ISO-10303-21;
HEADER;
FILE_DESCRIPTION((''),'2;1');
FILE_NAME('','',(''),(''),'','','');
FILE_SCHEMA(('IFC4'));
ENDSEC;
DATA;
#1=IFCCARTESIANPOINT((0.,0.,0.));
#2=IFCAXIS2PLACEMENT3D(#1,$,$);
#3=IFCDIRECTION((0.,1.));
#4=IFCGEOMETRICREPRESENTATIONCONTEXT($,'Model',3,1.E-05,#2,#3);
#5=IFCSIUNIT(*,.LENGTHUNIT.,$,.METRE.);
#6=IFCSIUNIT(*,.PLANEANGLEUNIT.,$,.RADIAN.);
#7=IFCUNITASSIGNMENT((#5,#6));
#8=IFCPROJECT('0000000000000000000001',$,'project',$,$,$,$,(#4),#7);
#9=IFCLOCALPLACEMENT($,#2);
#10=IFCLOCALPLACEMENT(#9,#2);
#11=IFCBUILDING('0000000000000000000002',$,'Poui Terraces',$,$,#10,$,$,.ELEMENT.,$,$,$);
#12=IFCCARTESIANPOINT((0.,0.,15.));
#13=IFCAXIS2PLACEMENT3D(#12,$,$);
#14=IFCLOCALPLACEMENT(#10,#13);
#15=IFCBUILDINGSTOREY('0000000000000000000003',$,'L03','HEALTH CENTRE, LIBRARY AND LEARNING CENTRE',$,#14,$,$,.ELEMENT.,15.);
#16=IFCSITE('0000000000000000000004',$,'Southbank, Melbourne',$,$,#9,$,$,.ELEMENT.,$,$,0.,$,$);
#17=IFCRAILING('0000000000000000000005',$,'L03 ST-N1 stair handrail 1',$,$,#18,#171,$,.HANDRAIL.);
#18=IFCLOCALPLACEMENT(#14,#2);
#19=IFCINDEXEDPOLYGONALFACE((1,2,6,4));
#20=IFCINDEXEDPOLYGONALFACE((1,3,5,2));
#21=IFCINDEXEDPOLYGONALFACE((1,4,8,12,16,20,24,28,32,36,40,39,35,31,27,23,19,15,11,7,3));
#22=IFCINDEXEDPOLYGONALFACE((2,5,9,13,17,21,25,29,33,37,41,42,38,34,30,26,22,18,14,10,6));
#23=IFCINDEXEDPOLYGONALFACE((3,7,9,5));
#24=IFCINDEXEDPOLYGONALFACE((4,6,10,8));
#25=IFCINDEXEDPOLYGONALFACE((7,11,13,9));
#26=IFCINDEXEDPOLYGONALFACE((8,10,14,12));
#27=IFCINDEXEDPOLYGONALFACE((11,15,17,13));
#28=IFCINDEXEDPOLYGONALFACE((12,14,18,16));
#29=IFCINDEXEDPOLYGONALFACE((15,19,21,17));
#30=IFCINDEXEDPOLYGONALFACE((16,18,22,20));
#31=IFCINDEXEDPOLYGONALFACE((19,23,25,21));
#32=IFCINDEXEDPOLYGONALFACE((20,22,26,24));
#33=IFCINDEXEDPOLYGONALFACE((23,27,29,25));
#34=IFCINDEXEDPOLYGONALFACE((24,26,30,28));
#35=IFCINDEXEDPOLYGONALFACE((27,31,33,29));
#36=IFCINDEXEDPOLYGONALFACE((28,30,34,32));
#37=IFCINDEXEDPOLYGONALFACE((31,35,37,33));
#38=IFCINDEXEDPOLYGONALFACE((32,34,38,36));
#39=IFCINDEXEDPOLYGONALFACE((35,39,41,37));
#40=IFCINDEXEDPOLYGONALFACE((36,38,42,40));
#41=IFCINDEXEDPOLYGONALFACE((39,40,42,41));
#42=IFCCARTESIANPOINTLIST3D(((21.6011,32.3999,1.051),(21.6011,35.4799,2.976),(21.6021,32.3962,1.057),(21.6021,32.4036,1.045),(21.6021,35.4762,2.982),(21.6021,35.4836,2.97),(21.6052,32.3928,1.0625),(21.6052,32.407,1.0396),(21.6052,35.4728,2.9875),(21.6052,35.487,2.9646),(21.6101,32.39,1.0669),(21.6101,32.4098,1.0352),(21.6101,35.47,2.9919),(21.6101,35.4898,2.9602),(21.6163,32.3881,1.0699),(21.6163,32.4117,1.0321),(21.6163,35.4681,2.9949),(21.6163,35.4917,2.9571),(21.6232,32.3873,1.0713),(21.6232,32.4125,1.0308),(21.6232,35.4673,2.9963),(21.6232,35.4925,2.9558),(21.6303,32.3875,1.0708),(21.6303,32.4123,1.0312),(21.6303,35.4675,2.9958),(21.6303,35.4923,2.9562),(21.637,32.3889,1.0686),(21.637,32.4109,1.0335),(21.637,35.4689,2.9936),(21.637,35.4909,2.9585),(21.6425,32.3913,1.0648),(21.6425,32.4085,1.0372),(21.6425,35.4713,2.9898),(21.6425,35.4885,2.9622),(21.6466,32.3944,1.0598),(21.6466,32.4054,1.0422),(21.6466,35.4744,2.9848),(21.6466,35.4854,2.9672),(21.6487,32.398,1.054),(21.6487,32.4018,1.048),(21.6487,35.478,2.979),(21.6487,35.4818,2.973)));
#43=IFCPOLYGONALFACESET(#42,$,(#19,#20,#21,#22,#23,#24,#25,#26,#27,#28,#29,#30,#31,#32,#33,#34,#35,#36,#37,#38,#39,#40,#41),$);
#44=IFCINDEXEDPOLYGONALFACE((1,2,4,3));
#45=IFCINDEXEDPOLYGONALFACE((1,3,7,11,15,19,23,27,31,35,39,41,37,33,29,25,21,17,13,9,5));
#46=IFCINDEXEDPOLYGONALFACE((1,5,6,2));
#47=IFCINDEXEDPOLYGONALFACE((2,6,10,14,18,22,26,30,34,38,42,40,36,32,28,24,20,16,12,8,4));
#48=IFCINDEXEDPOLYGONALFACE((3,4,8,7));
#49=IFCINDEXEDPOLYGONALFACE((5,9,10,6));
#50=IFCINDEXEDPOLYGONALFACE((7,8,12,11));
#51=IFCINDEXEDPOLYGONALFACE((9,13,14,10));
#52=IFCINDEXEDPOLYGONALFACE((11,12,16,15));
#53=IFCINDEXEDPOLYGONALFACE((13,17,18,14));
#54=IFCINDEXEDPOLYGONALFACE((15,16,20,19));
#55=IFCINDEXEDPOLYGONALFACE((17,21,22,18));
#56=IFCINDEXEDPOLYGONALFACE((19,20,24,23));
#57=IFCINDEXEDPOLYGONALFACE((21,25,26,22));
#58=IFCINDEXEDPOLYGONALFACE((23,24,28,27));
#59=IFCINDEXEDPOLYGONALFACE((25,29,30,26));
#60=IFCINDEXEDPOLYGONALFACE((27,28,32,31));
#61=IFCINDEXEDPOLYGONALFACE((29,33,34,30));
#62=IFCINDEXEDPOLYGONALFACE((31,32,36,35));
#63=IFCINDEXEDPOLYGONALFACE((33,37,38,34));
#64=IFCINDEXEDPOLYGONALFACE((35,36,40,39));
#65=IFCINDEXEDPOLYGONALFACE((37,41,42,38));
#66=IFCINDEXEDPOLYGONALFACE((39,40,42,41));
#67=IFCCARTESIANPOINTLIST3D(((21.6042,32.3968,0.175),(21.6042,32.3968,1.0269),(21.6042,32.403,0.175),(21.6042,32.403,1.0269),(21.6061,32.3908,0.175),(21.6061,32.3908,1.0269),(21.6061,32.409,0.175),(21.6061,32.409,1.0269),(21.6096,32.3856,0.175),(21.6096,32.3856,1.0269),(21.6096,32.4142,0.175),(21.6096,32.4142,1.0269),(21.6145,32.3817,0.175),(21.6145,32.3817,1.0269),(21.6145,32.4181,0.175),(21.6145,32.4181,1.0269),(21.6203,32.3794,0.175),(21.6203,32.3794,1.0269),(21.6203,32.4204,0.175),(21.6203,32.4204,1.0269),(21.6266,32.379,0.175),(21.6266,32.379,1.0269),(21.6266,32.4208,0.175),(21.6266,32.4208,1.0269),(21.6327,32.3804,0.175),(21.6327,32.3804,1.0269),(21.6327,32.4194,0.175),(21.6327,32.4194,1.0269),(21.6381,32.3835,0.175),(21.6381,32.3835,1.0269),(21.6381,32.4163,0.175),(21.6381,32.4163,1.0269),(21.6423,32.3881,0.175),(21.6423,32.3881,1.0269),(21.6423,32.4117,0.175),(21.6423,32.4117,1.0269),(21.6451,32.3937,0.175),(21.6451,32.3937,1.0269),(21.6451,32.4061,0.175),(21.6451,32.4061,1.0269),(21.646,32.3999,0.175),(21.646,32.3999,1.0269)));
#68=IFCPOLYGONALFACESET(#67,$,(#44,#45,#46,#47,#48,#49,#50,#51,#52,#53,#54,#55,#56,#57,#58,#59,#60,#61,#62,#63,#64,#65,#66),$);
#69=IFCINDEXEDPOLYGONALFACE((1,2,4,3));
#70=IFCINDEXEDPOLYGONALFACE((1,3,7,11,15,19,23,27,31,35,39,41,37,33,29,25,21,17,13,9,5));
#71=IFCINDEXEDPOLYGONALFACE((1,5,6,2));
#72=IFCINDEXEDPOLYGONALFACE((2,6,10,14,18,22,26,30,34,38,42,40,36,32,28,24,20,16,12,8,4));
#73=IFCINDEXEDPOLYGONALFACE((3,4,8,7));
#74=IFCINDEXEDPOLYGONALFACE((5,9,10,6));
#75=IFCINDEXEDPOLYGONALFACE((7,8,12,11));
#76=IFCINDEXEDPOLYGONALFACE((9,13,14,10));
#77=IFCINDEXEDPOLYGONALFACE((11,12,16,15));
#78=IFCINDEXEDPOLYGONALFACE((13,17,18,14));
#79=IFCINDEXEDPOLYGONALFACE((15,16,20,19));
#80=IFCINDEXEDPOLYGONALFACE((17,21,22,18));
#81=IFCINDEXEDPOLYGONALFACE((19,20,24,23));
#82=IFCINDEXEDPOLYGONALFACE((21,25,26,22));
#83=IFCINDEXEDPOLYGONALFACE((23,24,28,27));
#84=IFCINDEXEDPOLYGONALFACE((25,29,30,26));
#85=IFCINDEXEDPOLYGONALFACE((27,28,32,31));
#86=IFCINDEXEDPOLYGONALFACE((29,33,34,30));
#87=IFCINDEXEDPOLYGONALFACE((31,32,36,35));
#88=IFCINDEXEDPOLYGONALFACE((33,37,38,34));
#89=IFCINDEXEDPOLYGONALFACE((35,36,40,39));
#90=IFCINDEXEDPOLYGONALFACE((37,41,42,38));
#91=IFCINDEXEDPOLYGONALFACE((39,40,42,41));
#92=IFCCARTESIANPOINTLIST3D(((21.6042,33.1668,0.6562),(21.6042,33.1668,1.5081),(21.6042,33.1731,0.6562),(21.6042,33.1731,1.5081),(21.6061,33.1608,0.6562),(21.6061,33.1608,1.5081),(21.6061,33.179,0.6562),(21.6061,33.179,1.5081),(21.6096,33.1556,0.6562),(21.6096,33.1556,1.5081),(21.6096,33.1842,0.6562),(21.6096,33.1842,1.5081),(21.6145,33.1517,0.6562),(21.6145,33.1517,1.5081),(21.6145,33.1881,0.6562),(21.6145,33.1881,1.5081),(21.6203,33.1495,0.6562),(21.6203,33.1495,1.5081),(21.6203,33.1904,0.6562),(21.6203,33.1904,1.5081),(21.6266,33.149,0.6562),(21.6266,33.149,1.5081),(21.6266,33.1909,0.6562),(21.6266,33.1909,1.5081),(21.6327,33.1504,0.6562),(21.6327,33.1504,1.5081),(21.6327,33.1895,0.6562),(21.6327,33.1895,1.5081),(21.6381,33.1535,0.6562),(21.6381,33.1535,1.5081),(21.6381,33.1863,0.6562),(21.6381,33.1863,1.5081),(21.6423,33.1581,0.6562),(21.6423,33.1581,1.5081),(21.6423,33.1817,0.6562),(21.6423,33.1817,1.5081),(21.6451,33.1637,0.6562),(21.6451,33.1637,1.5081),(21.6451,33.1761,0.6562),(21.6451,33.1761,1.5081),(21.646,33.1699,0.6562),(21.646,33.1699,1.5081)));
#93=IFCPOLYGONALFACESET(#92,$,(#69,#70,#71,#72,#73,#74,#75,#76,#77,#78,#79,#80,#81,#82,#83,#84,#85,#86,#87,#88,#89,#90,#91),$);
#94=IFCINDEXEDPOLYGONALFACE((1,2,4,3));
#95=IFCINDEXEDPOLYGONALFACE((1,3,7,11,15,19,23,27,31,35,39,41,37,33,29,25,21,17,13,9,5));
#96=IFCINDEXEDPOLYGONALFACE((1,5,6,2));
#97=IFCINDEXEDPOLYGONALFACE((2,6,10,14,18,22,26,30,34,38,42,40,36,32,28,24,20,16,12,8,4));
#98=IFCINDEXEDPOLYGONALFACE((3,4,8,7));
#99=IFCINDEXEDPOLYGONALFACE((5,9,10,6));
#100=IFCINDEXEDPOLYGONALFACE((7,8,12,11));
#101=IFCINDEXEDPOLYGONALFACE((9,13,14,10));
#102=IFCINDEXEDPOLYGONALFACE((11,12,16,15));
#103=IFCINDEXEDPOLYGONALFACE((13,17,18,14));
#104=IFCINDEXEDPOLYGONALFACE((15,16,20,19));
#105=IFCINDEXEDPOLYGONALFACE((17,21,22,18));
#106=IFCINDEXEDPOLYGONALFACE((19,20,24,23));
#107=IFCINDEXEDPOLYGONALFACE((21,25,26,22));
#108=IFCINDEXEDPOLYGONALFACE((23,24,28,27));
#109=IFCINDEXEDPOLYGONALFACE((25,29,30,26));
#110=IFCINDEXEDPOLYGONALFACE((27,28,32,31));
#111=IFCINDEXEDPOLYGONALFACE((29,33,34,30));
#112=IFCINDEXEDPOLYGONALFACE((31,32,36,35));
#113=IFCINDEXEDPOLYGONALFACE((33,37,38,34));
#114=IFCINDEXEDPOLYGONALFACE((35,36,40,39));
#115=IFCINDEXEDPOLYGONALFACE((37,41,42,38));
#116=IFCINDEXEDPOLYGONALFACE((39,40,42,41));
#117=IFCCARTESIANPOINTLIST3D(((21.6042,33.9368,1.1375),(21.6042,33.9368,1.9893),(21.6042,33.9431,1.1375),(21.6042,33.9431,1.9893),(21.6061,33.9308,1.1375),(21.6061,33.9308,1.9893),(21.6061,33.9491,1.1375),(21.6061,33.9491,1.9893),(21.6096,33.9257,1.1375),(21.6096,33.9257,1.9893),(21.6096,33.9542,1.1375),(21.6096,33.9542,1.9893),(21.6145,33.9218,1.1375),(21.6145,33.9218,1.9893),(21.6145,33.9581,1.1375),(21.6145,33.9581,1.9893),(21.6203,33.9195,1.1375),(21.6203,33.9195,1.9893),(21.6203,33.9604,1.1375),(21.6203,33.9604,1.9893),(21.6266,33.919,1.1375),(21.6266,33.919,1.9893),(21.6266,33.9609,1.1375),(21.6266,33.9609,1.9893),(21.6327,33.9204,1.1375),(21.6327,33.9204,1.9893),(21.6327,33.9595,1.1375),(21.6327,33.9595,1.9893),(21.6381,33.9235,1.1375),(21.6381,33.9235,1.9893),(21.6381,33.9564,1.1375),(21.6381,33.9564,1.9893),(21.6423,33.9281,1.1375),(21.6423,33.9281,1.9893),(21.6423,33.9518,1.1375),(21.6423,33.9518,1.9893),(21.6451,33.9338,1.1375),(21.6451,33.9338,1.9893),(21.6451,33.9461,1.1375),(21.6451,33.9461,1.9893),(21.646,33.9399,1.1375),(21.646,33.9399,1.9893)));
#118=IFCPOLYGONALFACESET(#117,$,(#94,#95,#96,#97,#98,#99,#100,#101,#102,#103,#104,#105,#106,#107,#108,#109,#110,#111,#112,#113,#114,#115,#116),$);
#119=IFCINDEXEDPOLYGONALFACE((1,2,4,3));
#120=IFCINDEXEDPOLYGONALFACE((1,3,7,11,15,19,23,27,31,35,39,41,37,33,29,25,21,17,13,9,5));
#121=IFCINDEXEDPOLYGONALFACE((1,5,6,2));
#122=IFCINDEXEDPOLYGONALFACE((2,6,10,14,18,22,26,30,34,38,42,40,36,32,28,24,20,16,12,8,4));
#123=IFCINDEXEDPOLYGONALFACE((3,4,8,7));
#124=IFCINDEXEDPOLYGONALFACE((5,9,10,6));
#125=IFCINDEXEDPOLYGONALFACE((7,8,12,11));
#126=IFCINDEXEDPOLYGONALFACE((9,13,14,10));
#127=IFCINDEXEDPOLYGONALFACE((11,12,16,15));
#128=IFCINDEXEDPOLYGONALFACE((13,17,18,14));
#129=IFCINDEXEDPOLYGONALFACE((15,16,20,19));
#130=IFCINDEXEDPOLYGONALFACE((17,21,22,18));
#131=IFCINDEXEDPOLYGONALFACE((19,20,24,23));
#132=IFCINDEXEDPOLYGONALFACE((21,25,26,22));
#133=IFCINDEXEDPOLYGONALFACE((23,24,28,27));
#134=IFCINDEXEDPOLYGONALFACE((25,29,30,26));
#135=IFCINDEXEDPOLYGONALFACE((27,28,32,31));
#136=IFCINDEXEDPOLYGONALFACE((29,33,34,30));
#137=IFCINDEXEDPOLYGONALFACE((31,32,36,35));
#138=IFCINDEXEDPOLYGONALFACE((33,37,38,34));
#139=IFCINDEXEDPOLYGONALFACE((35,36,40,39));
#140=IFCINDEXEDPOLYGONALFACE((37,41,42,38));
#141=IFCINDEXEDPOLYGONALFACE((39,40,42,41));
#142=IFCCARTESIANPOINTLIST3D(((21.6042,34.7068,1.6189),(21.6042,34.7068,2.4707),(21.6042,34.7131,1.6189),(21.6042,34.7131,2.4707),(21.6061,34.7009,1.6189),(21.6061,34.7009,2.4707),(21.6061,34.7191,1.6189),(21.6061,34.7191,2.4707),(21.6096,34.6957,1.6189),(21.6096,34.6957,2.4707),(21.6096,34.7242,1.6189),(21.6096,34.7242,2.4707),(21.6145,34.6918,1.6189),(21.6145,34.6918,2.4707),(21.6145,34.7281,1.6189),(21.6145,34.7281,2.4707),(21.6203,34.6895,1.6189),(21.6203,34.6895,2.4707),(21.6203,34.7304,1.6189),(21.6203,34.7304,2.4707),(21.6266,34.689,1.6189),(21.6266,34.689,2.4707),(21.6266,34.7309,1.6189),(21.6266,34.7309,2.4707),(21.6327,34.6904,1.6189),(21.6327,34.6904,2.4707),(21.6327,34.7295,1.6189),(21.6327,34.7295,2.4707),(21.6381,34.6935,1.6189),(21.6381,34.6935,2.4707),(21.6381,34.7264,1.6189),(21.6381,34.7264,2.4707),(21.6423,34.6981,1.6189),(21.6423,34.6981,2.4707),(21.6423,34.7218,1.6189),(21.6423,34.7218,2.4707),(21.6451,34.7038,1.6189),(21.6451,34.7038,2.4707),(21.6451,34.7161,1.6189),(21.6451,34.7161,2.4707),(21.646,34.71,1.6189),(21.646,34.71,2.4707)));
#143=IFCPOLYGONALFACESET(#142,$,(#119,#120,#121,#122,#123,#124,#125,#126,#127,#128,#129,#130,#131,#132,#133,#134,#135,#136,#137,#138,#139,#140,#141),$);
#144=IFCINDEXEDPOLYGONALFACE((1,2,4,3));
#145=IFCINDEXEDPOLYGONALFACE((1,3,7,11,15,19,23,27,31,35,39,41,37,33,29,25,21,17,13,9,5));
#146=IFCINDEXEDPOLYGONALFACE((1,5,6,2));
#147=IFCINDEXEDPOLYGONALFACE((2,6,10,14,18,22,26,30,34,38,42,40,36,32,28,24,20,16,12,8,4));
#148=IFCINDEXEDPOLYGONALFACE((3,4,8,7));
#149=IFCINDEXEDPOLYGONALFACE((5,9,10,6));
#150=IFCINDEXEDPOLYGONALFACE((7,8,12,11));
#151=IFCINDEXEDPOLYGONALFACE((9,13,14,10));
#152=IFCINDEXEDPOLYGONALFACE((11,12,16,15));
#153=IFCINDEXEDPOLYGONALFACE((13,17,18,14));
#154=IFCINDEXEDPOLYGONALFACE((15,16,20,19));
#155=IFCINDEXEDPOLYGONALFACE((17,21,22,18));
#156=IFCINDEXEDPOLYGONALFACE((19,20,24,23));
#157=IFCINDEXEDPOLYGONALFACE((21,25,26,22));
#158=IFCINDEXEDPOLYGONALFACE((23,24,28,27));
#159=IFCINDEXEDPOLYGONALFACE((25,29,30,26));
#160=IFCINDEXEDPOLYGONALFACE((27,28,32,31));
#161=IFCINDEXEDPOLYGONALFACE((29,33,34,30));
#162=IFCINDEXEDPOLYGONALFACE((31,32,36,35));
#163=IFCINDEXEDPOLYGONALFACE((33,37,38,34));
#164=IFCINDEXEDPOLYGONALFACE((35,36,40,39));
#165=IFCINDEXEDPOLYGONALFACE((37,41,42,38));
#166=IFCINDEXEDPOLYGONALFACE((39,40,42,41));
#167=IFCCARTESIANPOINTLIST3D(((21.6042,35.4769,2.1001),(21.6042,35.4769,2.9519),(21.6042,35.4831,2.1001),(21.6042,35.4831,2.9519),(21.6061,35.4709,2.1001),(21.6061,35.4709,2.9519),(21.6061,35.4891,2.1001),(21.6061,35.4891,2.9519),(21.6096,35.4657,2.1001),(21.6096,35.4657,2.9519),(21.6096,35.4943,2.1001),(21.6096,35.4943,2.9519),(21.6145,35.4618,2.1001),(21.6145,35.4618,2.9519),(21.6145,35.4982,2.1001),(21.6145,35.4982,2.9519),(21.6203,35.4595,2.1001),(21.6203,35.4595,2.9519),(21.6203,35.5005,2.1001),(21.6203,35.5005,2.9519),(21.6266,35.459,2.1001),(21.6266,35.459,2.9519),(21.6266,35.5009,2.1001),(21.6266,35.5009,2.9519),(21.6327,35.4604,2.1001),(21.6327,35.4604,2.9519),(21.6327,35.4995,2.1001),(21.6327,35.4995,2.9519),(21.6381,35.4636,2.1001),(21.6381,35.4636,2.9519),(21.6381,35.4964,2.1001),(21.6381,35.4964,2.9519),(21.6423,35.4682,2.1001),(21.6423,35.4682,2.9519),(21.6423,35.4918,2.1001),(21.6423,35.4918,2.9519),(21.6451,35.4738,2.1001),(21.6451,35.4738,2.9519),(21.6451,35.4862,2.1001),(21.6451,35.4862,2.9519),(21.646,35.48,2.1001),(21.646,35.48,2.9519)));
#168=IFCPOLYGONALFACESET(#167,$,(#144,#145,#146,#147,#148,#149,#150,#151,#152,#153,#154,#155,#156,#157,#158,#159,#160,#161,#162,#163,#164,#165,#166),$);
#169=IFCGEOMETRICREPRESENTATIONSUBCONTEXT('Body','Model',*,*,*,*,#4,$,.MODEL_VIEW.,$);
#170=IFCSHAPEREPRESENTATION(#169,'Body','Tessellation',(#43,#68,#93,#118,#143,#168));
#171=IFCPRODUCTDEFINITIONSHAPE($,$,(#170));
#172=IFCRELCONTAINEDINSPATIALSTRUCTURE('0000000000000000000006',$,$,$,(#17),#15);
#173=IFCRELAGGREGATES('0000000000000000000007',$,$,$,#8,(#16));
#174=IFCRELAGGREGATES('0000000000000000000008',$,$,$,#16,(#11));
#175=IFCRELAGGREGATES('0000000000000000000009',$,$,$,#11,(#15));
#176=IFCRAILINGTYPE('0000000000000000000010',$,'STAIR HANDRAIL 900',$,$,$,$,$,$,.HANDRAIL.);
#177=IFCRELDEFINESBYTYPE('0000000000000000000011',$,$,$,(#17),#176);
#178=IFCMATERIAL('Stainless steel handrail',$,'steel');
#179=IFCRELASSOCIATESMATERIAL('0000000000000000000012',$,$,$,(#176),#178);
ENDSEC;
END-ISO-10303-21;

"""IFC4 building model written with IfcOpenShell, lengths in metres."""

from ifc_helpers import new_model, si_unit, direction, frame, origin, origin_2d, place, context, subcontext, project, spatial, circle, extrude, material, type_object, element, save


model = new_model("IFC4")

# Units and contexts
model_context = context("Model", 3, precision=1e-05, world=origin(), true_north=direction((0.0, 1.0)))
body_context = subcontext(model_context, "Body", "Model", "MODEL_VIEW")
ifc_project = project(units=[si_unit("LENGTHUNIT", "METRE"), si_unit("PLANEANGLEUNIT", "RADIAN")], contexts=[model_context])

# Site, building, storey
site_placement = place(None, origin())
site = spatial("IfcSite", under=ifc_project, at=site_placement, Name="Southbank, Melbourne", CompositionType="ELEMENT", RefElevation=0.0)
building_placement = place(site_placement, origin())
building = spatial("IfcBuilding", under=site, at=building_placement, Name="Poui Terraces", CompositionType="ELEMENT")
storey_placement = place(building_placement, frame((0.0, 0.0, 15.0)))
storey = spatial("IfcBuildingStorey", under=building, at=storey_placement, Name="L03", Description="HEALTH CENTRE, LIBRARY AND LEARNING CENTRE", CompositionType="ELEMENT", Elevation=15.0)

# Railing
ifc_material_1 = material(Name="Stainless steel handrail", Category="steel")
railing_type = type_object("IfcRailingType", Name="STAIR HANDRAIL 900", PredefinedType="HANDRAIL", material=ifc_material_1)
railing_placement = place(storey_placement, frame((21.625, 32.3999, 0.175)))
element("IfcRailing", 1, at=railing_placement, inside=storey, type_object=railing_type, Name="L03 ST-N1 stair handrail 1", PredefinedType="HANDRAIL", context=body_context, shape_type="SweptSolid", body=[
    extrude(circle(Radius=0.0239, at=origin_2d()), frame((0.0, 0.0, 0.876), z_axis=(0.0, 0.847998, 0.529999), x_axis=(-1.0, 0.0, 0.0)), (0.0, 0.0, 1.0), 3.6321),
    extrude(circle(Radius=0.021, at=origin_2d()), origin(), (0.0, 0.0, 1.0), 0.8518),
    extrude(circle(Radius=0.021, at=origin_2d()), frame((0.0, 0.77, 0.4812)), (0.0, 0.0, 1.0), 0.8518),
    extrude(circle(Radius=0.021, at=origin_2d()), frame((0.0, 1.54, 0.9624)), (0.0, 0.0, 1.0), 0.8518),
    extrude(circle(Radius=0.021, at=origin_2d()), frame((0.0, 2.3101, 1.4438)), (0.0, 0.0, 1.0), 0.8518),
    extrude(circle(Radius=0.021, at=origin_2d()), frame((0.0, 3.0801, 1.925)), (0.0, 0.0, 1.0), 0.8518),
])

save(model, "model.ifc")
